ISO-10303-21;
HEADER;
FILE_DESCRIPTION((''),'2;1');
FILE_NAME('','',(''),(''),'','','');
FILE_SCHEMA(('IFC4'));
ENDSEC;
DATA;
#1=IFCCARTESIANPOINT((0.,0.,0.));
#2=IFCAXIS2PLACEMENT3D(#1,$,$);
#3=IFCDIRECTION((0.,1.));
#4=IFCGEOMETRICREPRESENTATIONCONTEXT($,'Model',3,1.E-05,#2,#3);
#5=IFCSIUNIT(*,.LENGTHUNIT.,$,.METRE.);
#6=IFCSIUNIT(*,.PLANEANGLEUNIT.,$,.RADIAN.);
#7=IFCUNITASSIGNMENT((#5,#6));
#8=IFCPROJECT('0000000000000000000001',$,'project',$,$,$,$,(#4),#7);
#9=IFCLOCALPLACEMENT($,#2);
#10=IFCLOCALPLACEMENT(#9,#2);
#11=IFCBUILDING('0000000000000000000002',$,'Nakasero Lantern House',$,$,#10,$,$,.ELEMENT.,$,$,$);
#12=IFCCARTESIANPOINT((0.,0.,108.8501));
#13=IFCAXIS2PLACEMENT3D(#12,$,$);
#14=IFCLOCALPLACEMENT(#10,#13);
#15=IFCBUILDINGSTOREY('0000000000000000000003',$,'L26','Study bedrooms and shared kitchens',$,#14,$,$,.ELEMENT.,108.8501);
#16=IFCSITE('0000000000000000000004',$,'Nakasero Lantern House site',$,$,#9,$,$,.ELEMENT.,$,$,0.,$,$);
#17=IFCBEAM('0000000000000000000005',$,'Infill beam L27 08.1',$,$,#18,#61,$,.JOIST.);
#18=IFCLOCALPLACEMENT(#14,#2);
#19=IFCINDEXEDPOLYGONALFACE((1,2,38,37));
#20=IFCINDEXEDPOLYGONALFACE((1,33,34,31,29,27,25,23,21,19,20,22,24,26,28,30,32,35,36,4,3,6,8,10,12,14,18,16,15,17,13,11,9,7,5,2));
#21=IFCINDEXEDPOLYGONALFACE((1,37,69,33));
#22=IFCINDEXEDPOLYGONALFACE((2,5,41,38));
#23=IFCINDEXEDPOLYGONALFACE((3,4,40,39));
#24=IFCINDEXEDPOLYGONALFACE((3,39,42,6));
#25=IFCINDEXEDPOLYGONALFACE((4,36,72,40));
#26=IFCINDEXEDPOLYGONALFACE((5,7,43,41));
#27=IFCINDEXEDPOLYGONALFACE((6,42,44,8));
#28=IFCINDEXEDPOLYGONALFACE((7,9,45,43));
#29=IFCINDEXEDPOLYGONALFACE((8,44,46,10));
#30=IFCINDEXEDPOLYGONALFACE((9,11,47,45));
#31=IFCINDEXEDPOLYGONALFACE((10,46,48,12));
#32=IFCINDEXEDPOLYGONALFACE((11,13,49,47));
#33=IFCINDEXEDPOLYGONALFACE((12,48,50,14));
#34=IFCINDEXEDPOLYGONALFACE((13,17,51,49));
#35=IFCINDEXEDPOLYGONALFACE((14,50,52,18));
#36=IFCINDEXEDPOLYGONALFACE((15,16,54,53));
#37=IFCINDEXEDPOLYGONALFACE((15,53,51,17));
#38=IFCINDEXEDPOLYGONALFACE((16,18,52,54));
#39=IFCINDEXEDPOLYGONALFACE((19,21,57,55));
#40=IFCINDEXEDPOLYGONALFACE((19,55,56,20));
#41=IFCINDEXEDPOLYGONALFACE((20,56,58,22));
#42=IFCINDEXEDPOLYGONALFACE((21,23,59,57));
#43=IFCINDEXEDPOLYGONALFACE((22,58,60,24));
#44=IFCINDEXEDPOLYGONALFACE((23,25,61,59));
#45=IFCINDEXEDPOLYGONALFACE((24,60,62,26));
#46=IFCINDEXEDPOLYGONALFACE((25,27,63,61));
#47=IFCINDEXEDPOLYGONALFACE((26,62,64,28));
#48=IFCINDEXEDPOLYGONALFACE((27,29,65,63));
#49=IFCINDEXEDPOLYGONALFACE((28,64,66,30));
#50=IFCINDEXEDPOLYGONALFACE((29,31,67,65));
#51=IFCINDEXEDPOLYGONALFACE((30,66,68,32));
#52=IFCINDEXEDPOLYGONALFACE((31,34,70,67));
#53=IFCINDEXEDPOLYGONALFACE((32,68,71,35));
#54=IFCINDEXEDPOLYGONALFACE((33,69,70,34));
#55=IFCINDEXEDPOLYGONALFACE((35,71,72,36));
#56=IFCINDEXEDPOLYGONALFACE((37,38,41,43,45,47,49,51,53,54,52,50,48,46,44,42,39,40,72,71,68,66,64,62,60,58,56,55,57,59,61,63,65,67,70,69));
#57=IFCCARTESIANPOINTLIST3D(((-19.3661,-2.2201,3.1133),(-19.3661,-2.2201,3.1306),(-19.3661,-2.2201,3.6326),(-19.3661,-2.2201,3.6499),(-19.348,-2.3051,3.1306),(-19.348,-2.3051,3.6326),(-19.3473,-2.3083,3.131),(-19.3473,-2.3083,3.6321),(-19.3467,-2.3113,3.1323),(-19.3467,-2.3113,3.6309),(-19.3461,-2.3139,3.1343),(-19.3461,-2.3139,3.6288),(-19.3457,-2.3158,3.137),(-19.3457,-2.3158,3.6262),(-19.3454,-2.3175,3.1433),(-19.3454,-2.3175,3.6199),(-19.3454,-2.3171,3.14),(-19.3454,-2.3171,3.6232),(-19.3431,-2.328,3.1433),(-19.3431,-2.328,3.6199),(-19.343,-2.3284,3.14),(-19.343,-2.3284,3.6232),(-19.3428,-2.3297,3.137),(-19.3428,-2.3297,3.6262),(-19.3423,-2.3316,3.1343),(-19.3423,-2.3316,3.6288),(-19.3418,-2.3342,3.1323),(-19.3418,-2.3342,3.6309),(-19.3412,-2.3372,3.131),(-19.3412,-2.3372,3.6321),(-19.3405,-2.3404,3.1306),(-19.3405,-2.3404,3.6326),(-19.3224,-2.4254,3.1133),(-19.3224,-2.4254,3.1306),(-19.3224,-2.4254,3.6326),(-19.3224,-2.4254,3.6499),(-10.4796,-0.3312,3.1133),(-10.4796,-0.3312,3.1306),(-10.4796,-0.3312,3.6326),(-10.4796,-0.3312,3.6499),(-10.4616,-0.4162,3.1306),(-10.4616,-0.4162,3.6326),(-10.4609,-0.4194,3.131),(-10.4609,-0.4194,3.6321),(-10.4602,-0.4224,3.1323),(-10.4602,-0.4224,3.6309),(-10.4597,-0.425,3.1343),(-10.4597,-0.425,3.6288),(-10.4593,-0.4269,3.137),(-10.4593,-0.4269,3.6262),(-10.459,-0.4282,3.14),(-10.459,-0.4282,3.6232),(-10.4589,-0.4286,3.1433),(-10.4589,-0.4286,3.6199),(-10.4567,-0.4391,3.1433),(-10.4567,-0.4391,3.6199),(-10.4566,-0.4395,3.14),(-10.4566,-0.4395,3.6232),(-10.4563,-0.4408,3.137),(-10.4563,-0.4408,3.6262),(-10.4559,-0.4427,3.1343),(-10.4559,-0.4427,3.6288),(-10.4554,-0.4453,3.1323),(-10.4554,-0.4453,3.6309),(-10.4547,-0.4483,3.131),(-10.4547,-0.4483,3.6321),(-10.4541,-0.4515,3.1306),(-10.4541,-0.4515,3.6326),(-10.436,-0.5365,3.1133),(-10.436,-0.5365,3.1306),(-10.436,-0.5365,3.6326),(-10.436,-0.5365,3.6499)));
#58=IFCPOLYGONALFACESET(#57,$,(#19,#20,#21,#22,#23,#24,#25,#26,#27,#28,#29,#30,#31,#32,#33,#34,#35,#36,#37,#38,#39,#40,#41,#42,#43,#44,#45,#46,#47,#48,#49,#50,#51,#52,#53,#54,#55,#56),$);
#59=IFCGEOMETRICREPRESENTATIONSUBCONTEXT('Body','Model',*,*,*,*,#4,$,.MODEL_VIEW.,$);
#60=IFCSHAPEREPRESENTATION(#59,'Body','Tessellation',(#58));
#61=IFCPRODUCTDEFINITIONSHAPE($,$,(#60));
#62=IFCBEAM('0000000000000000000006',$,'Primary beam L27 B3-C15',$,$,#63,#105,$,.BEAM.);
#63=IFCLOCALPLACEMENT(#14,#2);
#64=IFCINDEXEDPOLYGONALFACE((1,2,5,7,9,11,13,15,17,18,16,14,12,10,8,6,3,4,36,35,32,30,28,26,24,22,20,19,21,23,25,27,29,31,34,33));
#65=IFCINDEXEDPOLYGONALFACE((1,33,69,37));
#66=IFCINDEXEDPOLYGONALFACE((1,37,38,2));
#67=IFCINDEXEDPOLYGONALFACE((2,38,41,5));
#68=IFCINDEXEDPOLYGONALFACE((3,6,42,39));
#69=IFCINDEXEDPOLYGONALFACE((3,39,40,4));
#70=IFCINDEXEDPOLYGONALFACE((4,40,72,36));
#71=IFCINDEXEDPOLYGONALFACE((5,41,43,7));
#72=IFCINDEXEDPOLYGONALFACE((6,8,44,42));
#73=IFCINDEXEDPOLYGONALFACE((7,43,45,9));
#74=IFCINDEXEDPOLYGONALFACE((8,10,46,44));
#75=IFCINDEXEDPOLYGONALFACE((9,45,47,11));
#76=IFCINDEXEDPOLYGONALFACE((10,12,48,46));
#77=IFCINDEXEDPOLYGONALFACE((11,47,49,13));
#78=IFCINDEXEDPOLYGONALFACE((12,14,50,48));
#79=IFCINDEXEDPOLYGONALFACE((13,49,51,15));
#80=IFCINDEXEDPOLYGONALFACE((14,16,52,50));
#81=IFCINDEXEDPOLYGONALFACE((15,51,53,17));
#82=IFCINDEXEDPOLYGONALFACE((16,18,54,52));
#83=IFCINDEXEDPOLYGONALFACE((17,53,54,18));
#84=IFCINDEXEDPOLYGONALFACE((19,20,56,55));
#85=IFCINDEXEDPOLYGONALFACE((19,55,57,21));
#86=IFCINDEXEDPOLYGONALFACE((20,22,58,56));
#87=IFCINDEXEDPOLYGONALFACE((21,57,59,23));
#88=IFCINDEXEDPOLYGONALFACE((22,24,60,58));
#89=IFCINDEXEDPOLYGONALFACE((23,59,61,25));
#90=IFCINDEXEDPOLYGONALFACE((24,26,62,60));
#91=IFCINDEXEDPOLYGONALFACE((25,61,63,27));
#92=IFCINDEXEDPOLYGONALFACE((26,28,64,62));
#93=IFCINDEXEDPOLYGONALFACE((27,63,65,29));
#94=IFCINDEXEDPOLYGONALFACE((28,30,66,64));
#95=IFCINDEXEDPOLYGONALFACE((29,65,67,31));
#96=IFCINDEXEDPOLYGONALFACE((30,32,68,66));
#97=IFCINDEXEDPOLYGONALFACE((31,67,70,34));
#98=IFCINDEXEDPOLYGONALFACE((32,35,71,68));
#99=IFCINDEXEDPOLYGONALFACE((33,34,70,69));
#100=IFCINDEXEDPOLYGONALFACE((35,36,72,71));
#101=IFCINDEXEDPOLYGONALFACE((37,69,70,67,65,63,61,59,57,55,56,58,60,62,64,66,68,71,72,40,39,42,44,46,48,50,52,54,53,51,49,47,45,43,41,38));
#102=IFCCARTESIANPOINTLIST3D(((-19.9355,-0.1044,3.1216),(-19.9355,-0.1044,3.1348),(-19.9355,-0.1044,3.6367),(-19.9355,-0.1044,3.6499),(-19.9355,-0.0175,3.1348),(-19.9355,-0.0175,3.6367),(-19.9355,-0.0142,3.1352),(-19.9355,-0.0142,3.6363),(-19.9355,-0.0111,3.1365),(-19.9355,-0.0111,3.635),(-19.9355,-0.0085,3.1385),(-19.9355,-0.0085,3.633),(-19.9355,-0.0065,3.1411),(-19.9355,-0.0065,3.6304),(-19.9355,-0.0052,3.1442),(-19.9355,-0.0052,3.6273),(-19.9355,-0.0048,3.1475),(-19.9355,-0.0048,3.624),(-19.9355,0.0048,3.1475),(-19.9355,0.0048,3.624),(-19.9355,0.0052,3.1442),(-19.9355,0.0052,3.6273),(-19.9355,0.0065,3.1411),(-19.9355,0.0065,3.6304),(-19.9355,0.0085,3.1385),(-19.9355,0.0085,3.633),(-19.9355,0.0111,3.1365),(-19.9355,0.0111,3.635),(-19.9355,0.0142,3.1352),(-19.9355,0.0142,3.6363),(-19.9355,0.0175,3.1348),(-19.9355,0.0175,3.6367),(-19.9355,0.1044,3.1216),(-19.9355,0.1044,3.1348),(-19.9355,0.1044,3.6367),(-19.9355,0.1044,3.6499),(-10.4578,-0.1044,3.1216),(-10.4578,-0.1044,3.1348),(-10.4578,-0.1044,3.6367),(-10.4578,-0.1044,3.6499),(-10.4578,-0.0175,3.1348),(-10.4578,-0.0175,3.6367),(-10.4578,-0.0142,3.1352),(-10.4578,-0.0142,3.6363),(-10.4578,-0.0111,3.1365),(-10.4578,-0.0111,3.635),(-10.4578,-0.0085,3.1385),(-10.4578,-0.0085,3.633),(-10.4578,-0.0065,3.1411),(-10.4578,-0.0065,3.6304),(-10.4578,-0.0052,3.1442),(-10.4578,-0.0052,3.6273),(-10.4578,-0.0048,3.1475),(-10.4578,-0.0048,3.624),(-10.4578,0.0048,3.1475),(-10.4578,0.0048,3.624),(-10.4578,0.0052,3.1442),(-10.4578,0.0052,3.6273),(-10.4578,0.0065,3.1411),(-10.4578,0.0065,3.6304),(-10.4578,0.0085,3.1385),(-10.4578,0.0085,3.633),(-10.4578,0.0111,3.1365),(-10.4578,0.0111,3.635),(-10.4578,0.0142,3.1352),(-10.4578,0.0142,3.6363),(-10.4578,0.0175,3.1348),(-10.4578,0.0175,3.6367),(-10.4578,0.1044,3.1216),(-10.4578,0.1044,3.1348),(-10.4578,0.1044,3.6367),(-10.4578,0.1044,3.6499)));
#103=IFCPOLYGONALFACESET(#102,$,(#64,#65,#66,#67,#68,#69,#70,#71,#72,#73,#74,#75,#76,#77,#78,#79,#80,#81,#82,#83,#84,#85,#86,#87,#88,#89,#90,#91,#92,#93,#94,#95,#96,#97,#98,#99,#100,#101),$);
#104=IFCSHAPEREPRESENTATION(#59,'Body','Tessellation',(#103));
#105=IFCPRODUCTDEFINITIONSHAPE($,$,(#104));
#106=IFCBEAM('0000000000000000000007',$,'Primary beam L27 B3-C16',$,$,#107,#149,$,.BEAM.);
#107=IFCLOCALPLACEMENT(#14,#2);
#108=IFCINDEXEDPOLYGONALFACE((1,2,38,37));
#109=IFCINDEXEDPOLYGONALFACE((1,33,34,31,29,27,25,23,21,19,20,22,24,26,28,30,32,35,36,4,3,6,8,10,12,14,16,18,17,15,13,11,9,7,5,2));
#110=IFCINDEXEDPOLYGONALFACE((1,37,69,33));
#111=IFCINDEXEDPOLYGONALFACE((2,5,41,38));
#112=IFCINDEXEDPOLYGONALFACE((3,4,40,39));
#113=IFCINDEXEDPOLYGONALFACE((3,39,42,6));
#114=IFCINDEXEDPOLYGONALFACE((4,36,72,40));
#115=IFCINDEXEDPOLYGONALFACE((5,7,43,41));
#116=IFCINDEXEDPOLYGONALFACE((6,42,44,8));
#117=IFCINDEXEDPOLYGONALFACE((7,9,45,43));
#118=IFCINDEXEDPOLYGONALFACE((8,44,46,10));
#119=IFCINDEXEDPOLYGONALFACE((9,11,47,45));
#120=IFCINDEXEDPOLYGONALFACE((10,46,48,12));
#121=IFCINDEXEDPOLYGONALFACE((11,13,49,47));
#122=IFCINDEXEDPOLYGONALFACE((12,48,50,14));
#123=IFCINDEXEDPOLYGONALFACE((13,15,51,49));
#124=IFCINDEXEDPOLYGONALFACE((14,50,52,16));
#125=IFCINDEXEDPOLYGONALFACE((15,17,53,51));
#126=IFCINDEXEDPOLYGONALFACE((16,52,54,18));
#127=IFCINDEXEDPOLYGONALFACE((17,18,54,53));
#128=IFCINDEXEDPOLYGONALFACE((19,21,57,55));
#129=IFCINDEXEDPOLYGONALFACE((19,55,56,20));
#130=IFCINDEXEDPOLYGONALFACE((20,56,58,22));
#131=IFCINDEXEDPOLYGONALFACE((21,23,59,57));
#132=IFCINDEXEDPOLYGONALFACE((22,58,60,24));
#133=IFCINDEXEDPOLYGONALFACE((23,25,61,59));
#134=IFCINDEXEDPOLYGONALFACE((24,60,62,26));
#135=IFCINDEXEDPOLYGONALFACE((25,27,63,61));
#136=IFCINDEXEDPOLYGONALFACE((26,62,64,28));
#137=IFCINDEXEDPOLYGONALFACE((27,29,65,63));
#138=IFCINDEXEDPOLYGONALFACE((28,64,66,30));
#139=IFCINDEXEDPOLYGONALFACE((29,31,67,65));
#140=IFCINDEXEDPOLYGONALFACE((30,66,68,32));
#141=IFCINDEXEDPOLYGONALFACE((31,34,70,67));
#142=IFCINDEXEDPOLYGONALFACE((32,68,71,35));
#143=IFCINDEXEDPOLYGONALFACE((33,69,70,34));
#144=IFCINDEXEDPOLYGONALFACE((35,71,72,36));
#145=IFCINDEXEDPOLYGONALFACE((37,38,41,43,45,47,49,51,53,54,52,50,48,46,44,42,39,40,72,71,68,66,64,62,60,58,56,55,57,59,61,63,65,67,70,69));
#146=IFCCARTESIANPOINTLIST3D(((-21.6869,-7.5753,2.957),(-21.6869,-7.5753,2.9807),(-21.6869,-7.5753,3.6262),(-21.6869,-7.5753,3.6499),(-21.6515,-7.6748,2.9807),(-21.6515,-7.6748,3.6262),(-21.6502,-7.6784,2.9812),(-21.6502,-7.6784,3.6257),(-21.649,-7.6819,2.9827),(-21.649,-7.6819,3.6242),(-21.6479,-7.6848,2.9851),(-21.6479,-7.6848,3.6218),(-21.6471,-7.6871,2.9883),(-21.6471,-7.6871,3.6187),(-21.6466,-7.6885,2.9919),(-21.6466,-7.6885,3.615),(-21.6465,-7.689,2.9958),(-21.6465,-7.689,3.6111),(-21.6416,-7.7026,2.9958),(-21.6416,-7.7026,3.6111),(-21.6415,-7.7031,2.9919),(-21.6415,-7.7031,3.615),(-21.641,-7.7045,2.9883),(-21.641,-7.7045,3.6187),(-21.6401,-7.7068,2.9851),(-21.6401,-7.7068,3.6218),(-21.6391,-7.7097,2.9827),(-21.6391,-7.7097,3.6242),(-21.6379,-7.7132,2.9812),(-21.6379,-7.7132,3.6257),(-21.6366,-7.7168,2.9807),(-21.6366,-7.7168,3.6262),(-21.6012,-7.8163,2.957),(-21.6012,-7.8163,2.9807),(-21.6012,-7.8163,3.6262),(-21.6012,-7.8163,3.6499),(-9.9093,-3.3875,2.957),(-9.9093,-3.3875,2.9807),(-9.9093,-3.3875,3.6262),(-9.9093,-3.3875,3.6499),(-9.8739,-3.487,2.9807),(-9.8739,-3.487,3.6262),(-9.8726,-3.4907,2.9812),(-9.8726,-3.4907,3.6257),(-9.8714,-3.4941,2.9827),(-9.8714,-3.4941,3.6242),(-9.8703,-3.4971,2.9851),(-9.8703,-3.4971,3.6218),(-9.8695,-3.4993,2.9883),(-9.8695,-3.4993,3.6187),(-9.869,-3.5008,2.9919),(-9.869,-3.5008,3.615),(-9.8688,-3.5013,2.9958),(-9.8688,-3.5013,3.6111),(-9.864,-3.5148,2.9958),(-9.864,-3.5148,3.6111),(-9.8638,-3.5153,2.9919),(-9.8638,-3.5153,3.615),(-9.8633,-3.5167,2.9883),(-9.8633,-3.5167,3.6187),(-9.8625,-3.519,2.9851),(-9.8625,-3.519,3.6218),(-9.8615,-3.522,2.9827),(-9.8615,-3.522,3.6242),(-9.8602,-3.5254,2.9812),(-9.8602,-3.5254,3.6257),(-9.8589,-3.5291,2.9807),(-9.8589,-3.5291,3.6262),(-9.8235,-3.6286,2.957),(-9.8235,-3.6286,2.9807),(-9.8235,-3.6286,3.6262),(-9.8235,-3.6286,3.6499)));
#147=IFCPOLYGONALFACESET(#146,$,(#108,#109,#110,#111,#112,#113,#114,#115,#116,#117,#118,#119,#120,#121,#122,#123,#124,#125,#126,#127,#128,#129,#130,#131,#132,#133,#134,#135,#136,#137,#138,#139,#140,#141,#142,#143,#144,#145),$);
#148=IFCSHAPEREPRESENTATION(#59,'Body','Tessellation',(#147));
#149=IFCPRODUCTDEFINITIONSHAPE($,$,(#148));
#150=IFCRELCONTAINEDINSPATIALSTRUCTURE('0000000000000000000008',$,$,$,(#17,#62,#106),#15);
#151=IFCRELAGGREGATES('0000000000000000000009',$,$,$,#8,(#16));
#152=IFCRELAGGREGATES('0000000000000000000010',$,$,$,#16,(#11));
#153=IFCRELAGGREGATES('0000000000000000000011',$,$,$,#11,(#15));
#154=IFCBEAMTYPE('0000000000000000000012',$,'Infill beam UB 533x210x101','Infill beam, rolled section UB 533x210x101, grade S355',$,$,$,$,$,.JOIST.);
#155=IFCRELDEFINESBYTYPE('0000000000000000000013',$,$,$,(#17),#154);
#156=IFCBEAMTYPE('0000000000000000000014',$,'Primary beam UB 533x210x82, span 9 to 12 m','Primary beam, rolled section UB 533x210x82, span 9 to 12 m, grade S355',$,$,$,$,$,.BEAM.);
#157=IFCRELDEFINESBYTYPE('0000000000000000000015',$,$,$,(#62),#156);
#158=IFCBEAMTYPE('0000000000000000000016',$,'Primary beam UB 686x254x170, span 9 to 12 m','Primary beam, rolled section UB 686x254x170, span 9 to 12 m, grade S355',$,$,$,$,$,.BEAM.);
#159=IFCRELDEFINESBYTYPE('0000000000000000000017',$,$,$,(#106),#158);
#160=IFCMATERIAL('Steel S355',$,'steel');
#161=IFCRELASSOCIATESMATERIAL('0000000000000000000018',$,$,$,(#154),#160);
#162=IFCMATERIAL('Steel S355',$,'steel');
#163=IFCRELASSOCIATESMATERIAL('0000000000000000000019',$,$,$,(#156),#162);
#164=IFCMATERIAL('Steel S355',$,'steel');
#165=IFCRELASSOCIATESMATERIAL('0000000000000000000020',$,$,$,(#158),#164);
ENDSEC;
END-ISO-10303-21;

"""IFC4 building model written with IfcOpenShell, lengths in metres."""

from ifc_helpers import new_model, si_unit, direction, frame, origin, origin_2d, place, context, subcontext, project, spatial, i_section, extrude, material, material_profile, profile_set, type_object, element, save


model = new_model("IFC4")

# Units and contexts
model_context = context("Model", 3, precision=1e-05, world=origin(), true_north=direction((0.0, 1.0)))
body_context = subcontext(model_context, "Body", "Model", "MODEL_VIEW")
ifc_project = project(units=[si_unit("LENGTHUNIT", "METRE"), si_unit("PLANEANGLEUNIT", "RADIAN")], contexts=[model_context])

# Site, building, storey
site_placement = place(None, origin())
site = spatial("IfcSite", under=ifc_project, at=site_placement, Name="Nakasero Lantern House site", CompositionType="ELEMENT", RefElevation=0.0)
building_placement = place(site_placement, origin())
building = spatial("IfcBuilding", under=site, at=building_placement, Name="Nakasero Lantern House", CompositionType="ELEMENT")
storey_placement = place(building_placement, frame((0.0, 0.0, 108.8501)))
storey = spatial("IfcBuildingStorey", under=building, at=storey_placement, Name="L26", Description="Study bedrooms and shared kitchens", CompositionType="ELEMENT", Elevation=108.8501)

# Beams
ifc_material_1 = material(Name="Steel S355", Category="steel")
ifc_material_profile_1 = material_profile(ifc_material_1, i_section(OverallWidth=0.21, OverallDepth=0.5366, WebThickness=0.0107, FlangeThickness=0.0173, FilletRadius=0.0127, at=origin_2d()), Name="UB 533x210x101")
ifc_profile_set_1 = profile_set([ifc_material_profile_1], Name="Steel S355")
beam_type_1 = type_object("IfcBeamType", Name="Infill beam UB 533x210x101", Description="Infill beam, rolled section UB 533x210x101, grade S355", PredefinedType="JOIST", material=ifc_profile_set_1)
beam_1_placement = place(storey_placement, frame((-19.3442, -2.3228, 3.3816), z_axis=(0.978147, 0.207916, 0.0), x_axis=(-0.207916, 0.978147, 0.0)))
element("IfcBeam", 1, at=beam_1_placement, inside=storey, type_object=beam_type_1, Name="Infill beam L27 08.1", PredefinedType="JOIST", context=body_context, shape_type="SweptSolid", body=[
    extrude(i_section(OverallWidth=0.21, OverallDepth=0.5366, WebThickness=0.0107, FlangeThickness=0.0173, FilletRadius=0.0127, at=origin_2d()), origin(), (0.0, 0.0, 1.0), 9.085),
])
ifc_material_2 = material(Name="Steel S355", Category="steel")
ifc_material_profile_2 = material_profile(ifc_material_2, i_section(OverallWidth=0.2087, OverallDepth=0.5283, WebThickness=0.0095, FlangeThickness=0.0132, FilletRadius=0.0127, at=origin_2d()), Name="UB 533x210x82")
ifc_profile_set_2 = profile_set([ifc_material_profile_2], Name="Steel S355")
beam_type_2 = type_object("IfcBeamType", Name="Primary beam UB 533x210x82, span 9 to 12 m", Description="Primary beam, rolled section UB 533x210x82, span 9 to 12 m, grade S355", PredefinedType="BEAM", material=ifc_profile_set_2)
beam_2_placement = place(storey_placement, frame((-19.9355, 0.0, 3.3857), z_axis=(1.0, 0.0, 0.0), x_axis=(0.0, 1.0, 0.0)))
element("IfcBeam", 2, at=beam_2_placement, inside=storey, type_object=beam_type_2, Name="Primary beam L27 B3-C15", PredefinedType="BEAM", context=body_context, shape_type="SweptSolid", body=[
    extrude(i_section(OverallWidth=0.2087, OverallDepth=0.5283, WebThickness=0.0095, FlangeThickness=0.0132, FilletRadius=0.0127, at=origin_2d()), origin(), (0.0, 0.0, 1.0), 9.4778),
])
ifc_material_3 = material(Name="Steel S355", Category="steel")
ifc_material_profile_3 = material_profile(ifc_material_3, i_section(OverallWidth=0.2559, OverallDepth=0.6929, WebThickness=0.0144, FlangeThickness=0.0237, FilletRadius=0.0151, at=origin_2d()), Name="UB 686x254x170")
ifc_profile_set_3 = profile_set([ifc_material_profile_3], Name="Steel S355")
beam_type_3 = type_object("IfcBeamType", Name="Primary beam UB 686x254x170, span 9 to 12 m", Description="Primary beam, rolled section UB 686x254x170, span 9 to 12 m, grade S355", PredefinedType="BEAM", material=ifc_profile_set_3)
beam_3_placement = place(storey_placement, frame((-21.644, -7.6958, 3.3035), z_axis=(0.942211, 0.335021, 0.0), x_axis=(-0.335021, 0.942211, 0.0)))
element("IfcBeam", 3, at=beam_3_placement, inside=storey, type_object=beam_type_3, Name="Primary beam L27 B3-C16", PredefinedType="BEAM", context=body_context, shape_type="SweptSolid", body=[
    extrude(i_section(OverallWidth=0.2559, OverallDepth=0.6929, WebThickness=0.0144, FlangeThickness=0.0237, FilletRadius=0.0151, at=origin_2d()), origin(), (0.0, 0.0, 1.0), 12.5),
])

save(model, "model.ifc")
